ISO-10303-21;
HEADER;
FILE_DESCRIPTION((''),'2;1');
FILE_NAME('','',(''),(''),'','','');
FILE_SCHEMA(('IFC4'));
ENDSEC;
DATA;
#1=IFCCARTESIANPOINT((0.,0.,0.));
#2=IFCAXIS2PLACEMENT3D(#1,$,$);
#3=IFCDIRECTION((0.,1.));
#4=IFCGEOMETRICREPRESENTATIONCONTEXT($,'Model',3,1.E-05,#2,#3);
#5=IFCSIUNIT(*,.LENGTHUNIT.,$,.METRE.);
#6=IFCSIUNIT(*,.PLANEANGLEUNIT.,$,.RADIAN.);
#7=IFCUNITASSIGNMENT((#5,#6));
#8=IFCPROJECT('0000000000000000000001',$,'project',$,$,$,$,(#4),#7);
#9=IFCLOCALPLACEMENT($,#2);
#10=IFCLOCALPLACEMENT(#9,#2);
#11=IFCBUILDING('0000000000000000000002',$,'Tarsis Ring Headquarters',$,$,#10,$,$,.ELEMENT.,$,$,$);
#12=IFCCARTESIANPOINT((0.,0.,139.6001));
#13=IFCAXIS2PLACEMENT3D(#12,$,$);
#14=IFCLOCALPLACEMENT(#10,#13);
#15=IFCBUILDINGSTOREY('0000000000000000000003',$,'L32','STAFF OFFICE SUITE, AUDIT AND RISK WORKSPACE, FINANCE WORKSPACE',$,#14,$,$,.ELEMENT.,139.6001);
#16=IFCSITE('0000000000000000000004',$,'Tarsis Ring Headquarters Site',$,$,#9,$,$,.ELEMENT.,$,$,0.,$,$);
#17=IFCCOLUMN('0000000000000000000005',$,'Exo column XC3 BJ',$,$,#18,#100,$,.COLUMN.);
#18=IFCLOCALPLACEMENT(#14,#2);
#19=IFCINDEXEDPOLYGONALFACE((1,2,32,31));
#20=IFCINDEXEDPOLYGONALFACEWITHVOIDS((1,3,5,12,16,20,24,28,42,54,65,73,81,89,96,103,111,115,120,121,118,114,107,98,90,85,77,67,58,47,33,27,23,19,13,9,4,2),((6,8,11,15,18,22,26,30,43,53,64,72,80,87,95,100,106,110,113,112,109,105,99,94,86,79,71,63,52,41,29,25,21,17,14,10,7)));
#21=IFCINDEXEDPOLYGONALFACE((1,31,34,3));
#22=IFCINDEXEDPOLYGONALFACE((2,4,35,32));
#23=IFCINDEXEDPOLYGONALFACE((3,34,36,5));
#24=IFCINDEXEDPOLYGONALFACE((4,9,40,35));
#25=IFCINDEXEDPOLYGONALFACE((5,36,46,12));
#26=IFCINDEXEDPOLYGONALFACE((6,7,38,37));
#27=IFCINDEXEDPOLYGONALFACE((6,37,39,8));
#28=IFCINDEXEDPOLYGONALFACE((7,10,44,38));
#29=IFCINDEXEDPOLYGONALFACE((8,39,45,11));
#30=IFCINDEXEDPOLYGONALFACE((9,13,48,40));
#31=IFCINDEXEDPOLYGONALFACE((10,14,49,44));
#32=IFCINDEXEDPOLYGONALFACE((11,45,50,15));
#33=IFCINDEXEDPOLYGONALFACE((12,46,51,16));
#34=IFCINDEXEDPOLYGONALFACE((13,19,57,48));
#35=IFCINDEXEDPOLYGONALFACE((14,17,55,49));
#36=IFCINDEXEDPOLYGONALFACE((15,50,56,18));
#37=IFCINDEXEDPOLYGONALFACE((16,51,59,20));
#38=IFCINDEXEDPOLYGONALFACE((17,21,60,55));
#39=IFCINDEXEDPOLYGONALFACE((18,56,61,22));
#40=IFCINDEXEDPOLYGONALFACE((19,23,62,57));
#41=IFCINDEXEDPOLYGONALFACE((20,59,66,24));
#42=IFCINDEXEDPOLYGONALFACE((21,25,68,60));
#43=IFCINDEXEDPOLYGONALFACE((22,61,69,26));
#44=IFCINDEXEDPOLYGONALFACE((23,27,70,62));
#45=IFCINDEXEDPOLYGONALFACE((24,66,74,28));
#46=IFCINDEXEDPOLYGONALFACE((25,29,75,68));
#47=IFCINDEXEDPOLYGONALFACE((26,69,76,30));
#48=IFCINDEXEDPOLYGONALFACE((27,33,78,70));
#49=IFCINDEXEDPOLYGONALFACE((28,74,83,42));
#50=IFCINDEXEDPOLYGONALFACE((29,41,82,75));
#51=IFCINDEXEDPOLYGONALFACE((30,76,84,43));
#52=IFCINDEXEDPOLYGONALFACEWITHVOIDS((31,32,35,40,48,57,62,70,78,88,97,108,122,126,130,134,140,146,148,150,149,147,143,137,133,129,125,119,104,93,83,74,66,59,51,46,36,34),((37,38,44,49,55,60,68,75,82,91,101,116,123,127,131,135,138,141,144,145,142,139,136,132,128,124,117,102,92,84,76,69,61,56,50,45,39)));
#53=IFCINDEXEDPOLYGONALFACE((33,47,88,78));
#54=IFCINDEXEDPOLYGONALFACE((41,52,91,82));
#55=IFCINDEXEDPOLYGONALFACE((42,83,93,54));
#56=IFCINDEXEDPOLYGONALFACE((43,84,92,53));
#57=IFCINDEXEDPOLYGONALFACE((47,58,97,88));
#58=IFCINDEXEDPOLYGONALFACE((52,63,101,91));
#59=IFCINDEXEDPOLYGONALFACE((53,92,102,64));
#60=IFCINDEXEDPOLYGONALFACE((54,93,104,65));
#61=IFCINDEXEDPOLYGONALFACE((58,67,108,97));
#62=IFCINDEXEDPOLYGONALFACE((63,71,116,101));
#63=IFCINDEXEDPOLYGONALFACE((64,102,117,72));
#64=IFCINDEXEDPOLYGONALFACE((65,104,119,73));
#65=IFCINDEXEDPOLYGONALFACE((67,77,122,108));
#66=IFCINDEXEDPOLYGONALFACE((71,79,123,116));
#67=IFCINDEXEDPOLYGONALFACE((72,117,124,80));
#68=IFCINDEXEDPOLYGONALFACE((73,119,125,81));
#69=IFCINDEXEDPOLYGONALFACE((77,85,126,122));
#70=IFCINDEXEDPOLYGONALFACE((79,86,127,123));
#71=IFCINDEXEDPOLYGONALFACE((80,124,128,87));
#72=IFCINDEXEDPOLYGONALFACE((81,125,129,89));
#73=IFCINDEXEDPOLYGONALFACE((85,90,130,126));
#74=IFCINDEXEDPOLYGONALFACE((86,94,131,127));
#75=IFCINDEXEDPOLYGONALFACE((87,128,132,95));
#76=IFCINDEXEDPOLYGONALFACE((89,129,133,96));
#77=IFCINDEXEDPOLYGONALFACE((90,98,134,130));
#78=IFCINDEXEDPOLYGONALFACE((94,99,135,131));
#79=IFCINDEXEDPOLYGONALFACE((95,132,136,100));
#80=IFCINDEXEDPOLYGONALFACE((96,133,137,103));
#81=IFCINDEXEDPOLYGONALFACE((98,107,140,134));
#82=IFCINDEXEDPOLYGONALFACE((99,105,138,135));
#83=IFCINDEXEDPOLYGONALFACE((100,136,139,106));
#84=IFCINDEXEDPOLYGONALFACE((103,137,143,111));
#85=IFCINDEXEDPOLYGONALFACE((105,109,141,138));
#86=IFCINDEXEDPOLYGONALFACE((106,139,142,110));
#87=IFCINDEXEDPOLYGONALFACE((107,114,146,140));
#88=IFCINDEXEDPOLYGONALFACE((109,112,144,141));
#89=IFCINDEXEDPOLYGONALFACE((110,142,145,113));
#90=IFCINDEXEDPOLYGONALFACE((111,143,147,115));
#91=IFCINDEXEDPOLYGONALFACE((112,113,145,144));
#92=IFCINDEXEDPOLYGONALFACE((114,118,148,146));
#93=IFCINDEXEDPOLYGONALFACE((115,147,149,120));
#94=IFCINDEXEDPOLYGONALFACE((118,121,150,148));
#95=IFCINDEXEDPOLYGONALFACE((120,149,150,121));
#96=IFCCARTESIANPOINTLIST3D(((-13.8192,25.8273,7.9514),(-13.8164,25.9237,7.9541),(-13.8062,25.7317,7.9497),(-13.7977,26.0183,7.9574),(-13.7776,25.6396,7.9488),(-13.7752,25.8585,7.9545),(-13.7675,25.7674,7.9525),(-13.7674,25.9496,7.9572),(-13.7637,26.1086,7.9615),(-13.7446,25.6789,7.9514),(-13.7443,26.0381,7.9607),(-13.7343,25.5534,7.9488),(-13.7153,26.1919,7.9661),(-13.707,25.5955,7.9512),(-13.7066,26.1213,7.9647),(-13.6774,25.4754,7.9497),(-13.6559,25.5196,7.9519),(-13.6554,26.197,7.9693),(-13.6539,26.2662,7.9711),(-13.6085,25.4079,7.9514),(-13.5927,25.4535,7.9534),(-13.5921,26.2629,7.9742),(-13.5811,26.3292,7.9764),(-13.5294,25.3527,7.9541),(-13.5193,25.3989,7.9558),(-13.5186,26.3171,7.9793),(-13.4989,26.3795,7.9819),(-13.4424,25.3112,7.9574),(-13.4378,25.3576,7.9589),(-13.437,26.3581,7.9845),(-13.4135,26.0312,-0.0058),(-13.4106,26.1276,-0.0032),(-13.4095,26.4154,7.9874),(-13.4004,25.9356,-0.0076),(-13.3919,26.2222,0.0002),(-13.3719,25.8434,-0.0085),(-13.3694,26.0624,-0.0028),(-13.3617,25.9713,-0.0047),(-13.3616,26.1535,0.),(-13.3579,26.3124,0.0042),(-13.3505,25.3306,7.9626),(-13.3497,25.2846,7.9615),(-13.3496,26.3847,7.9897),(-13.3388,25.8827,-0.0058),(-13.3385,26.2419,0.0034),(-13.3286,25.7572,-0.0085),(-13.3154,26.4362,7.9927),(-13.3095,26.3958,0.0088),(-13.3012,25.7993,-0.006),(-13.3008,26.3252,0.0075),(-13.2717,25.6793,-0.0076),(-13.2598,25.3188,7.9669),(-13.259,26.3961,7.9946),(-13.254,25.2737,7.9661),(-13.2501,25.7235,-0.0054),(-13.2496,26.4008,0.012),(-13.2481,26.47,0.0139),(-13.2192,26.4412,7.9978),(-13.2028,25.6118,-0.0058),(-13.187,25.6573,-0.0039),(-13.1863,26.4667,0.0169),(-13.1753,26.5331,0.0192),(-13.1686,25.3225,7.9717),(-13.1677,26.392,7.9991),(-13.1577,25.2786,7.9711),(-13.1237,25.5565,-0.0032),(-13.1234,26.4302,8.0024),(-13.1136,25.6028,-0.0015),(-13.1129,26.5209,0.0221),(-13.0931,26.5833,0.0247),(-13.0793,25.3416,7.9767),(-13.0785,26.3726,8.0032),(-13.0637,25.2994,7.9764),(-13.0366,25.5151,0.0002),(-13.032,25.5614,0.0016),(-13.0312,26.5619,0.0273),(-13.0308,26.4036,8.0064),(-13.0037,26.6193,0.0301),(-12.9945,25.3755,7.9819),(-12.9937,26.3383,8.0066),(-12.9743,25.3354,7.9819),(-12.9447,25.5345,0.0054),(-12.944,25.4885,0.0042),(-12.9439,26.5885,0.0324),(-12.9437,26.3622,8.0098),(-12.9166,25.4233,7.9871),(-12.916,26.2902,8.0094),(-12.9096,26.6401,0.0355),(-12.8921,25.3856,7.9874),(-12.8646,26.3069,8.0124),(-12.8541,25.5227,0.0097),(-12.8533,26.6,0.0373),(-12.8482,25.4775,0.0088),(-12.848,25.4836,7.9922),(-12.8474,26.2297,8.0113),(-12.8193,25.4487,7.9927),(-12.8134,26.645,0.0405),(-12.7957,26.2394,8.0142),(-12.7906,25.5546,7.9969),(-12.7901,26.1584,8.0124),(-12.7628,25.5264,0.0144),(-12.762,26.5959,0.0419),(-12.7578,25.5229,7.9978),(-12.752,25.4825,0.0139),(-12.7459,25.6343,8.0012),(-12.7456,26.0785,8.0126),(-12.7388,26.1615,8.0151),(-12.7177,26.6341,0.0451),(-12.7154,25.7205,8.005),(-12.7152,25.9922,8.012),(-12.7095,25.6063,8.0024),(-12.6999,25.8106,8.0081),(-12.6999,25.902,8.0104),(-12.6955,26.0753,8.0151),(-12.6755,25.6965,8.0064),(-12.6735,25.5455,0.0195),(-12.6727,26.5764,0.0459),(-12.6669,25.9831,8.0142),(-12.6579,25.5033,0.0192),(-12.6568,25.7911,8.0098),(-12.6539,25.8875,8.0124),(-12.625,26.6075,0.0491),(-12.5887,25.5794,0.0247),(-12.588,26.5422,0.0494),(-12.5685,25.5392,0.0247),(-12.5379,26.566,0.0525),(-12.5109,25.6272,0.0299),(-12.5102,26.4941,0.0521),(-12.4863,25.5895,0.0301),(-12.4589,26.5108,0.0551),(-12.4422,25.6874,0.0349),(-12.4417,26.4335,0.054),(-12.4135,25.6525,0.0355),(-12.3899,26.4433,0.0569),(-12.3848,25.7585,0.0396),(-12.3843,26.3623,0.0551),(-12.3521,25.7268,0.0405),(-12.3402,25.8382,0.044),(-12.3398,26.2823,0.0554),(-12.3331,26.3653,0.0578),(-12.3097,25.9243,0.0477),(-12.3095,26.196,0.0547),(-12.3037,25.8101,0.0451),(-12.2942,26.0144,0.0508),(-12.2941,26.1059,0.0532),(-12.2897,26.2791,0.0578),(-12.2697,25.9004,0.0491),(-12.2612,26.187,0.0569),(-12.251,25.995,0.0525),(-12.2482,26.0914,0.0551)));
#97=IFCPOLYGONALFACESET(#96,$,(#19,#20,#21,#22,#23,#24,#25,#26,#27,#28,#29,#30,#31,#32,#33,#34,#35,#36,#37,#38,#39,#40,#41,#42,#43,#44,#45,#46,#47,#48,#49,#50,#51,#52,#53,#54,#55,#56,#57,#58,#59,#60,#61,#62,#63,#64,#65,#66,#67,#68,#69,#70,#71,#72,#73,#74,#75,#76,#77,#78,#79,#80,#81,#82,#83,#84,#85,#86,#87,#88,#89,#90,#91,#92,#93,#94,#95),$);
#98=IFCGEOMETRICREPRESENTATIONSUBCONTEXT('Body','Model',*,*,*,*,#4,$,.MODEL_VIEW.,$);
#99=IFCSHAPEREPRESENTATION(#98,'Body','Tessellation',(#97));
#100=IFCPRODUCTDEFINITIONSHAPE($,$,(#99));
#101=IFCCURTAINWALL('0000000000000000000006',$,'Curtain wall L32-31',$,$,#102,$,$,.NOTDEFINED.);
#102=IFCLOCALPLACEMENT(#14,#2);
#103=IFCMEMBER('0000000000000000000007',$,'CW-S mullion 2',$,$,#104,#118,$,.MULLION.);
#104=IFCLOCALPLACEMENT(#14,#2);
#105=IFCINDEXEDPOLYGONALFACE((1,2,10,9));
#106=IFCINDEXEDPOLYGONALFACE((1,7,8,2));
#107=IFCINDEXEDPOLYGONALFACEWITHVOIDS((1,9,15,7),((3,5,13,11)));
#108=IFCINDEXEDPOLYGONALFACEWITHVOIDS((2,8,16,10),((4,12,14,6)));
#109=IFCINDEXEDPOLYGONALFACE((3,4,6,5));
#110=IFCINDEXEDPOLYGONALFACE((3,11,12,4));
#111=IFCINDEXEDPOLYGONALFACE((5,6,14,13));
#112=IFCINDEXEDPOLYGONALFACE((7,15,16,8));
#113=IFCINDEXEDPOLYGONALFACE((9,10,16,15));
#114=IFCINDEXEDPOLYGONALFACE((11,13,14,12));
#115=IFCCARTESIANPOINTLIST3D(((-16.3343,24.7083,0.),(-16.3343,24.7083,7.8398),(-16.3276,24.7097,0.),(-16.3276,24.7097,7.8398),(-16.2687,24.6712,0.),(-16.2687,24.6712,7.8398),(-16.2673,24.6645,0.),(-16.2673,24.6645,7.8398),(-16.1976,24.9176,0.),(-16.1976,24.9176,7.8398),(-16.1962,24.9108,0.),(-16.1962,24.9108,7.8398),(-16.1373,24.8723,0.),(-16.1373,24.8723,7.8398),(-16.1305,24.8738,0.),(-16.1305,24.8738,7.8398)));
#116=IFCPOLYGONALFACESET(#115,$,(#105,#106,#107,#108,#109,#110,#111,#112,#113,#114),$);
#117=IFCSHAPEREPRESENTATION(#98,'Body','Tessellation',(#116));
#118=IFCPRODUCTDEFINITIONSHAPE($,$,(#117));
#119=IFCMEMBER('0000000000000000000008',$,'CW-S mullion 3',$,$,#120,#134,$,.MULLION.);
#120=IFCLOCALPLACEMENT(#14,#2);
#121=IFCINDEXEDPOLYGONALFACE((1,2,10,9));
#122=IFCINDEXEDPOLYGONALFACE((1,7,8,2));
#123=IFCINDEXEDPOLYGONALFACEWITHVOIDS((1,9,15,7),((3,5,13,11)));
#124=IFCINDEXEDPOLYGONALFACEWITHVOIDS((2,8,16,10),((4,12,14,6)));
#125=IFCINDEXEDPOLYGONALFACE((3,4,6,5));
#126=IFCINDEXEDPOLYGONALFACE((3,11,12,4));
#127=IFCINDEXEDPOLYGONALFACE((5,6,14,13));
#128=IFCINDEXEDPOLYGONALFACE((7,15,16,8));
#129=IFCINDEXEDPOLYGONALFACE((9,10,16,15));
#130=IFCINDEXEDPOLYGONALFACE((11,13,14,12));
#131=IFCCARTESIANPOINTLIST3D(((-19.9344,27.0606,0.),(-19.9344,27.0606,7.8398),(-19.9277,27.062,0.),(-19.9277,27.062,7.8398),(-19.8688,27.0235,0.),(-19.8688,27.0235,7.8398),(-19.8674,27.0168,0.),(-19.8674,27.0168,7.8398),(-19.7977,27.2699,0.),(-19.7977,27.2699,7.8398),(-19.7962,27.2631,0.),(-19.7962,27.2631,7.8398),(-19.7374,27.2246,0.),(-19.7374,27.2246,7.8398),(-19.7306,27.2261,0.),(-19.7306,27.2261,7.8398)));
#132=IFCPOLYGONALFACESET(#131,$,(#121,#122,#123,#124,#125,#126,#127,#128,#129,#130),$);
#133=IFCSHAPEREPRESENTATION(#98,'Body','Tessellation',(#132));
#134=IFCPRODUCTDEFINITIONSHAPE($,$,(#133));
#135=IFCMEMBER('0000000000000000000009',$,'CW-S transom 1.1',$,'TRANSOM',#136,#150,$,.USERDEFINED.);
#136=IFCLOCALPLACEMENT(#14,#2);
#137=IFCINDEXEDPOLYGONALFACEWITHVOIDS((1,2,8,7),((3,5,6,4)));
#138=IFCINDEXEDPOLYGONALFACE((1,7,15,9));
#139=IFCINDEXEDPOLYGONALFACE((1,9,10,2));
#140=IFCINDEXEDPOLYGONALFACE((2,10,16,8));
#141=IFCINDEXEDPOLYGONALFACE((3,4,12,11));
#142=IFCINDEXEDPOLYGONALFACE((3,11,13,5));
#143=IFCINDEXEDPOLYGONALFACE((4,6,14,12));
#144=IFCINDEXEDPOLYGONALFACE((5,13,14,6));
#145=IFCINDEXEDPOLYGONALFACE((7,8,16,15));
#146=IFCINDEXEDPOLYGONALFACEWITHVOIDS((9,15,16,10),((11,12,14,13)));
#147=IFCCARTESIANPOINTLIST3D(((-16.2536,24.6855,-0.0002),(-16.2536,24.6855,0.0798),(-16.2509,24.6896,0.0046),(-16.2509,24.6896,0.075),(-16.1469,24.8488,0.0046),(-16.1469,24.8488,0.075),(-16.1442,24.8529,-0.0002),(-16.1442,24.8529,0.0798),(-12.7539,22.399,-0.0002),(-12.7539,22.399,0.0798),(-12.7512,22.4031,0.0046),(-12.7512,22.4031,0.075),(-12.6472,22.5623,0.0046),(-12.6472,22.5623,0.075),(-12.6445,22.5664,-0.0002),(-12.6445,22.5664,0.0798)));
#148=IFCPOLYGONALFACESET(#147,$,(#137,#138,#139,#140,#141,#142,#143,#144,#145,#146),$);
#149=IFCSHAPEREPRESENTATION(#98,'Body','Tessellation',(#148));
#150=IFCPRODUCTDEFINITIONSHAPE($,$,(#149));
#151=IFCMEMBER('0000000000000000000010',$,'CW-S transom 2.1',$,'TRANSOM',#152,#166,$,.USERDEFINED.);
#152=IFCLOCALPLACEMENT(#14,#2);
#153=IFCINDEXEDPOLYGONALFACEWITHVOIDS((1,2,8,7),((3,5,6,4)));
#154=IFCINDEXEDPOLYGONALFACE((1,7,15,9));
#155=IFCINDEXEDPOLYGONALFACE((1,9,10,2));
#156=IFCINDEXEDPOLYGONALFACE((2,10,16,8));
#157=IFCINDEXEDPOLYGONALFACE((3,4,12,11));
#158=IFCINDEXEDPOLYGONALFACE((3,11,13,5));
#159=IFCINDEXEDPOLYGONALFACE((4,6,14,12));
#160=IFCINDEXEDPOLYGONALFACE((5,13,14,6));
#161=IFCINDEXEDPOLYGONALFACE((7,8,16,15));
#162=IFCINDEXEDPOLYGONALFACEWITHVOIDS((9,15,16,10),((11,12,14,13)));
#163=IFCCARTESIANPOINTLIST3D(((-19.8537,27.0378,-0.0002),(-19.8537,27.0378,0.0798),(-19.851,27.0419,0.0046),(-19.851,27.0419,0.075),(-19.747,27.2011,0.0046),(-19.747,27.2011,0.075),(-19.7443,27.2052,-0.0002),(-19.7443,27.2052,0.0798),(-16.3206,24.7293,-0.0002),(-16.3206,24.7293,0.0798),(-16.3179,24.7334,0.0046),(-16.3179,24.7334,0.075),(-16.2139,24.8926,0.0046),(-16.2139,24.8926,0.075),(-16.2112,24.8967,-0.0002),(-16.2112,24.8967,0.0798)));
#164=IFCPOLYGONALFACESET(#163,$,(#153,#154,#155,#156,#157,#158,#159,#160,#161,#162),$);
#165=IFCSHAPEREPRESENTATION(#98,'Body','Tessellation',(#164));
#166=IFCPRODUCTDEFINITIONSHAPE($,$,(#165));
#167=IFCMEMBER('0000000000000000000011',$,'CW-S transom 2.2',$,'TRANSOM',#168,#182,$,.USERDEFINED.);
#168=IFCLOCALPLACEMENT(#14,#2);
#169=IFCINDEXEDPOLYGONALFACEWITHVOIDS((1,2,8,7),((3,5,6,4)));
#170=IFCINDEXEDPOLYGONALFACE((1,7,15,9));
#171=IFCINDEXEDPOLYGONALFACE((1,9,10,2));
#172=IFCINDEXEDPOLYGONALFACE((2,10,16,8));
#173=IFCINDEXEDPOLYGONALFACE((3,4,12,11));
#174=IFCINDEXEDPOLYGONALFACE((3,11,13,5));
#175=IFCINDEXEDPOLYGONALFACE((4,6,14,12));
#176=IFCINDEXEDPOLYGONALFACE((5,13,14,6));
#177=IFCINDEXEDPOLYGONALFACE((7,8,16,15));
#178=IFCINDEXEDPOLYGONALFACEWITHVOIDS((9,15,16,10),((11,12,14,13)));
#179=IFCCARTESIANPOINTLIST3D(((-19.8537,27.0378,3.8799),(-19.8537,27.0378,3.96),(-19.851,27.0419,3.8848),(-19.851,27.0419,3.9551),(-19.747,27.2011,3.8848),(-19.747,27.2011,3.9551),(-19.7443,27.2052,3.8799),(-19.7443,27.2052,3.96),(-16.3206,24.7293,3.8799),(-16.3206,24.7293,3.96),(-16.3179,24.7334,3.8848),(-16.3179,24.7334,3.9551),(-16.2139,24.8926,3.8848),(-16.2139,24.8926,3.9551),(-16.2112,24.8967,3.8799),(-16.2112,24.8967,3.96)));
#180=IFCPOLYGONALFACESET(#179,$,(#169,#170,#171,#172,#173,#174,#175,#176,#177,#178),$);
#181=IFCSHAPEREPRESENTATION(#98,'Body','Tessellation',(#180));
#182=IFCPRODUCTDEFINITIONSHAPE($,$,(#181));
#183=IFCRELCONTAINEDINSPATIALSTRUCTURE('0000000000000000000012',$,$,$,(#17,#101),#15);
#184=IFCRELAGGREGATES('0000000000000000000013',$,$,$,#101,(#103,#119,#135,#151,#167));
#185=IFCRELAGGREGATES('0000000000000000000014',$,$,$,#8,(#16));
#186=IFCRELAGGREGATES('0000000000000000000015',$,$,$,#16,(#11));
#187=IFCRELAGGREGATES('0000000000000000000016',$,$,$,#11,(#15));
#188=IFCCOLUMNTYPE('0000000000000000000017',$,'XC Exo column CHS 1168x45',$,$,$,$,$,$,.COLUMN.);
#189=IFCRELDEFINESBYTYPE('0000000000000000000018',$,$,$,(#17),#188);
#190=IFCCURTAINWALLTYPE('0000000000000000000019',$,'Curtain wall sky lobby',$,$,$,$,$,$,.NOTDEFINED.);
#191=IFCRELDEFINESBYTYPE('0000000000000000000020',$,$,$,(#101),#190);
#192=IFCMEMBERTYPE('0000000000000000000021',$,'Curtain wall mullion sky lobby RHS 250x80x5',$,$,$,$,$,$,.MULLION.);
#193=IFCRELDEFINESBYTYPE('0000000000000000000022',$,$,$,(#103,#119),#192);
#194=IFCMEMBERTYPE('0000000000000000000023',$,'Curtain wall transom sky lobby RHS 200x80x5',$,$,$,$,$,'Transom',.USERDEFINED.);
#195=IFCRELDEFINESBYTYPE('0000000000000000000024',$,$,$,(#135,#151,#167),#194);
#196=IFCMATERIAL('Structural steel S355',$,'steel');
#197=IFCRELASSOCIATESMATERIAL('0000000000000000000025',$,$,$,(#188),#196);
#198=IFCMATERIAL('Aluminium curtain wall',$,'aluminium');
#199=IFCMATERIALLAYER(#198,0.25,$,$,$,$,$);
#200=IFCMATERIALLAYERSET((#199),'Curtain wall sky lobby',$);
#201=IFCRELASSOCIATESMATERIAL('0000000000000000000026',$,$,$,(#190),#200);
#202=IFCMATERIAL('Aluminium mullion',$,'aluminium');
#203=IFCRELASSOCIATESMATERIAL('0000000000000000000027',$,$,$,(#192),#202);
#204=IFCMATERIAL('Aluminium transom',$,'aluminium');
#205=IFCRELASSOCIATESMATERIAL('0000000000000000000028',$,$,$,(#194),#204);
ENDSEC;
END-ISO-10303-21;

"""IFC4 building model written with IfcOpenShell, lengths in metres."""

from ifc_helpers import new_model, si_unit, direction, frame, origin, origin_2d, place, context, subcontext, project, spatial, hollow_rectangle, hollow_circle, extrude, material, layer, layer_set, material_profile, profile_set, type_object, element, aggregate, save


model = new_model("IFC4")

# Units and contexts
model_context = context("Model", 3, precision=1e-05, world=origin(), true_north=direction((0.0, 1.0)))
body_context = subcontext(model_context, "Body", "Model", "MODEL_VIEW")
ifc_project = project(units=[si_unit("LENGTHUNIT", "METRE"), si_unit("PLANEANGLEUNIT", "RADIAN")], contexts=[model_context])

# Site, building, storey
site_placement = place(None, origin())
site = spatial("IfcSite", under=ifc_project, at=site_placement, Name="Tarsis Ring Headquarters Site", CompositionType="ELEMENT", RefElevation=0.0)
building_placement = place(site_placement, origin())
building = spatial("IfcBuilding", under=site, at=building_placement, Name="Tarsis Ring Headquarters", CompositionType="ELEMENT")
storey_placement = place(building_placement, frame((0.0, 0.0, 139.6001)))
storey = spatial("IfcBuildingStorey", under=building, at=storey_placement, Name="L32", Description="STAFF OFFICE SUITE, AUDIT AND RISK WORKSPACE, FINANCE WORKSPACE", CompositionType="ELEMENT", Elevation=139.6001)

# Column
ifc_material_1 = material(Name="Structural steel S355", Category="steel")
ifc_material_profile_1 = material_profile(ifc_material_1, hollow_circle(Radius=0.5842, WallThickness=0.0449, at=origin_2d()), Name="CHS 1168x45")
ifc_profile_set_1 = profile_set([ifc_material_profile_1], Name="Structural steel S355")
column_type = type_object("IfcColumnType", Name="XC Exo column CHS 1168x45", PredefinedType="COLUMN", material=ifc_profile_set_1)
column_placement = place(storey_placement, frame((-12.8308, 26.0613, 0.0247), z_axis=(-0.05091, -0.025577, 0.998376), x_axis=(0.448933, -0.893565, 0.0)))
element("IfcColumn", 1, at=column_placement, inside=storey, type_object=column_type, Name="Exo column XC3 BJ", PredefinedType="COLUMN", context=body_context, shape_type="SweptSolid", body=[
    extrude(hollow_circle(Radius=0.5842, WallThickness=0.0449, at=origin_2d()), origin(), (0.0, 0.0, 1.0), 7.9702),
])

# Curtain wall, members
ifc_material_2 = material(Name="Aluminium curtain wall", Category="aluminium")
ifc_layer_1 = layer(ifc_material_2, 0.25)
ifc_layer_set_1 = layer_set([ifc_layer_1], Name="Curtain wall sky lobby")
curtain_wall_type = type_object("IfcCurtainWallType", Name="Curtain wall sky lobby", PredefinedType="NOTDEFINED", material=ifc_layer_set_1)
curtain_wall_placement = place(storey_placement, origin())
curtain_wall = element("IfcCurtainWall", 2, at=curtain_wall_placement, inside=storey, type_object=curtain_wall_type, Name="Curtain wall L32-31", PredefinedType="NOTDEFINED")
ifc_material_3 = material(Name="Aluminium mullion", Category="aluminium")
ifc_material_profile_2 = material_profile(ifc_material_3, hollow_rectangle(XDim=0.25, YDim=0.0801, WallThickness=0.0049, at=origin_2d()), Name="RHS 250x80x5")
ifc_profile_set_2 = profile_set([ifc_material_profile_2], Name="Aluminium mullion")
member_type_1 = type_object("IfcMemberType", Name="Curtain wall mullion sky lobby RHS 250x80x5", PredefinedType="MULLION", material=ifc_profile_set_2)
member_1_placement = place(storey_placement, frame((-16.2324, 24.791, 0.0), z_axis=(0.0, 0.0, 1.0), x_axis=(-0.546979, -0.837146, 0.0)))
member_1 = element("IfcMember", 3, at=member_1_placement, type_object=member_type_1, Name="CW-S mullion 2", PredefinedType="MULLION", context=body_context, shape_type="SweptSolid", body=[
    extrude(hollow_rectangle(XDim=0.25, YDim=0.0801, WallThickness=0.0049, at=origin_2d()), origin(), (0.0, 0.0, 1.0), 7.8398),
])
member_2_placement = place(storey_placement, frame((-19.8325, 27.1433, 0.0), z_axis=(0.0, 0.0, 1.0), x_axis=(-0.546979, -0.837146, 0.0)))
member_2 = element("IfcMember", 4, at=member_2_placement, type_object=member_type_1, Name="CW-S mullion 3", PredefinedType="MULLION", context=body_context, shape_type="SweptSolid", body=[
    extrude(hollow_rectangle(XDim=0.25, YDim=0.0801, WallThickness=0.0049, at=origin_2d()), origin(), (0.0, 0.0, 1.0), 7.8398),
])
ifc_material_4 = material(Name="Aluminium transom", Category="aluminium")
ifc_material_profile_3 = material_profile(ifc_material_4, hollow_rectangle(XDim=0.2, YDim=0.0801, WallThickness=0.0049, at=origin_2d()), Name="RHS 200x80x5")
ifc_profile_set_3 = profile_set([ifc_material_profile_3], Name="Aluminium transom")
member_type_2 = type_object("IfcMemberType", Name="Curtain wall transom sky lobby RHS 200x80x5", ElementType="Transom", PredefinedType="USERDEFINED", material=ifc_profile_set_3)
member_3_placement = place(storey_placement, frame((-12.6992, 22.4827, 0.0398), z_axis=(-0.837154, 0.546968, 0.0), x_axis=(-0.546968, -0.837154, 0.0)))
member_3 = element("IfcMember", 5, at=member_3_placement, type_object=member_type_2, Name="CW-S transom 1.1", ObjectType="TRANSOM", PredefinedType="USERDEFINED", context=body_context, shape_type="SweptSolid", body=[
    extrude(hollow_rectangle(XDim=0.2, YDim=0.0801, WallThickness=0.0049, at=origin_2d()), origin(), (0.0, 0.0, 1.0), 4.1804),
])
member_4_placement = place(storey_placement, frame((-16.2659, 24.813, 0.0398), z_axis=(-0.837141, 0.546988, 0.0), x_axis=(-0.546988, -0.837141, 0.0)))
member_4 = element("IfcMember", 6, at=member_4_placement, type_object=member_type_2, Name="CW-S transom 2.1", ObjectType="TRANSOM", PredefinedType="USERDEFINED", context=body_context, shape_type="SweptSolid", body=[
    extrude(hollow_rectangle(XDim=0.2, YDim=0.0801, WallThickness=0.0049, at=origin_2d()), origin(), (0.0, 0.0, 1.0), 4.2205),
])
member_5_placement = place(storey_placement, frame((-16.2659, 24.813, 3.9199), z_axis=(-0.837141, 0.546988, 0.0), x_axis=(-0.546988, -0.837141, 0.0)))
member_5 = element("IfcMember", 7, at=member_5_placement, type_object=member_type_2, Name="CW-S transom 2.2", ObjectType="TRANSOM", PredefinedType="USERDEFINED", context=body_context, shape_type="SweptSolid", body=[
    extrude(hollow_rectangle(XDim=0.2, YDim=0.0801, WallThickness=0.0049, at=origin_2d()), origin(), (0.0, 0.0, 1.0), 4.2205),
])

aggregate(curtain_wall, [member_1, member_2, member_3, member_4, member_5])

save(model, "model.ifc")
